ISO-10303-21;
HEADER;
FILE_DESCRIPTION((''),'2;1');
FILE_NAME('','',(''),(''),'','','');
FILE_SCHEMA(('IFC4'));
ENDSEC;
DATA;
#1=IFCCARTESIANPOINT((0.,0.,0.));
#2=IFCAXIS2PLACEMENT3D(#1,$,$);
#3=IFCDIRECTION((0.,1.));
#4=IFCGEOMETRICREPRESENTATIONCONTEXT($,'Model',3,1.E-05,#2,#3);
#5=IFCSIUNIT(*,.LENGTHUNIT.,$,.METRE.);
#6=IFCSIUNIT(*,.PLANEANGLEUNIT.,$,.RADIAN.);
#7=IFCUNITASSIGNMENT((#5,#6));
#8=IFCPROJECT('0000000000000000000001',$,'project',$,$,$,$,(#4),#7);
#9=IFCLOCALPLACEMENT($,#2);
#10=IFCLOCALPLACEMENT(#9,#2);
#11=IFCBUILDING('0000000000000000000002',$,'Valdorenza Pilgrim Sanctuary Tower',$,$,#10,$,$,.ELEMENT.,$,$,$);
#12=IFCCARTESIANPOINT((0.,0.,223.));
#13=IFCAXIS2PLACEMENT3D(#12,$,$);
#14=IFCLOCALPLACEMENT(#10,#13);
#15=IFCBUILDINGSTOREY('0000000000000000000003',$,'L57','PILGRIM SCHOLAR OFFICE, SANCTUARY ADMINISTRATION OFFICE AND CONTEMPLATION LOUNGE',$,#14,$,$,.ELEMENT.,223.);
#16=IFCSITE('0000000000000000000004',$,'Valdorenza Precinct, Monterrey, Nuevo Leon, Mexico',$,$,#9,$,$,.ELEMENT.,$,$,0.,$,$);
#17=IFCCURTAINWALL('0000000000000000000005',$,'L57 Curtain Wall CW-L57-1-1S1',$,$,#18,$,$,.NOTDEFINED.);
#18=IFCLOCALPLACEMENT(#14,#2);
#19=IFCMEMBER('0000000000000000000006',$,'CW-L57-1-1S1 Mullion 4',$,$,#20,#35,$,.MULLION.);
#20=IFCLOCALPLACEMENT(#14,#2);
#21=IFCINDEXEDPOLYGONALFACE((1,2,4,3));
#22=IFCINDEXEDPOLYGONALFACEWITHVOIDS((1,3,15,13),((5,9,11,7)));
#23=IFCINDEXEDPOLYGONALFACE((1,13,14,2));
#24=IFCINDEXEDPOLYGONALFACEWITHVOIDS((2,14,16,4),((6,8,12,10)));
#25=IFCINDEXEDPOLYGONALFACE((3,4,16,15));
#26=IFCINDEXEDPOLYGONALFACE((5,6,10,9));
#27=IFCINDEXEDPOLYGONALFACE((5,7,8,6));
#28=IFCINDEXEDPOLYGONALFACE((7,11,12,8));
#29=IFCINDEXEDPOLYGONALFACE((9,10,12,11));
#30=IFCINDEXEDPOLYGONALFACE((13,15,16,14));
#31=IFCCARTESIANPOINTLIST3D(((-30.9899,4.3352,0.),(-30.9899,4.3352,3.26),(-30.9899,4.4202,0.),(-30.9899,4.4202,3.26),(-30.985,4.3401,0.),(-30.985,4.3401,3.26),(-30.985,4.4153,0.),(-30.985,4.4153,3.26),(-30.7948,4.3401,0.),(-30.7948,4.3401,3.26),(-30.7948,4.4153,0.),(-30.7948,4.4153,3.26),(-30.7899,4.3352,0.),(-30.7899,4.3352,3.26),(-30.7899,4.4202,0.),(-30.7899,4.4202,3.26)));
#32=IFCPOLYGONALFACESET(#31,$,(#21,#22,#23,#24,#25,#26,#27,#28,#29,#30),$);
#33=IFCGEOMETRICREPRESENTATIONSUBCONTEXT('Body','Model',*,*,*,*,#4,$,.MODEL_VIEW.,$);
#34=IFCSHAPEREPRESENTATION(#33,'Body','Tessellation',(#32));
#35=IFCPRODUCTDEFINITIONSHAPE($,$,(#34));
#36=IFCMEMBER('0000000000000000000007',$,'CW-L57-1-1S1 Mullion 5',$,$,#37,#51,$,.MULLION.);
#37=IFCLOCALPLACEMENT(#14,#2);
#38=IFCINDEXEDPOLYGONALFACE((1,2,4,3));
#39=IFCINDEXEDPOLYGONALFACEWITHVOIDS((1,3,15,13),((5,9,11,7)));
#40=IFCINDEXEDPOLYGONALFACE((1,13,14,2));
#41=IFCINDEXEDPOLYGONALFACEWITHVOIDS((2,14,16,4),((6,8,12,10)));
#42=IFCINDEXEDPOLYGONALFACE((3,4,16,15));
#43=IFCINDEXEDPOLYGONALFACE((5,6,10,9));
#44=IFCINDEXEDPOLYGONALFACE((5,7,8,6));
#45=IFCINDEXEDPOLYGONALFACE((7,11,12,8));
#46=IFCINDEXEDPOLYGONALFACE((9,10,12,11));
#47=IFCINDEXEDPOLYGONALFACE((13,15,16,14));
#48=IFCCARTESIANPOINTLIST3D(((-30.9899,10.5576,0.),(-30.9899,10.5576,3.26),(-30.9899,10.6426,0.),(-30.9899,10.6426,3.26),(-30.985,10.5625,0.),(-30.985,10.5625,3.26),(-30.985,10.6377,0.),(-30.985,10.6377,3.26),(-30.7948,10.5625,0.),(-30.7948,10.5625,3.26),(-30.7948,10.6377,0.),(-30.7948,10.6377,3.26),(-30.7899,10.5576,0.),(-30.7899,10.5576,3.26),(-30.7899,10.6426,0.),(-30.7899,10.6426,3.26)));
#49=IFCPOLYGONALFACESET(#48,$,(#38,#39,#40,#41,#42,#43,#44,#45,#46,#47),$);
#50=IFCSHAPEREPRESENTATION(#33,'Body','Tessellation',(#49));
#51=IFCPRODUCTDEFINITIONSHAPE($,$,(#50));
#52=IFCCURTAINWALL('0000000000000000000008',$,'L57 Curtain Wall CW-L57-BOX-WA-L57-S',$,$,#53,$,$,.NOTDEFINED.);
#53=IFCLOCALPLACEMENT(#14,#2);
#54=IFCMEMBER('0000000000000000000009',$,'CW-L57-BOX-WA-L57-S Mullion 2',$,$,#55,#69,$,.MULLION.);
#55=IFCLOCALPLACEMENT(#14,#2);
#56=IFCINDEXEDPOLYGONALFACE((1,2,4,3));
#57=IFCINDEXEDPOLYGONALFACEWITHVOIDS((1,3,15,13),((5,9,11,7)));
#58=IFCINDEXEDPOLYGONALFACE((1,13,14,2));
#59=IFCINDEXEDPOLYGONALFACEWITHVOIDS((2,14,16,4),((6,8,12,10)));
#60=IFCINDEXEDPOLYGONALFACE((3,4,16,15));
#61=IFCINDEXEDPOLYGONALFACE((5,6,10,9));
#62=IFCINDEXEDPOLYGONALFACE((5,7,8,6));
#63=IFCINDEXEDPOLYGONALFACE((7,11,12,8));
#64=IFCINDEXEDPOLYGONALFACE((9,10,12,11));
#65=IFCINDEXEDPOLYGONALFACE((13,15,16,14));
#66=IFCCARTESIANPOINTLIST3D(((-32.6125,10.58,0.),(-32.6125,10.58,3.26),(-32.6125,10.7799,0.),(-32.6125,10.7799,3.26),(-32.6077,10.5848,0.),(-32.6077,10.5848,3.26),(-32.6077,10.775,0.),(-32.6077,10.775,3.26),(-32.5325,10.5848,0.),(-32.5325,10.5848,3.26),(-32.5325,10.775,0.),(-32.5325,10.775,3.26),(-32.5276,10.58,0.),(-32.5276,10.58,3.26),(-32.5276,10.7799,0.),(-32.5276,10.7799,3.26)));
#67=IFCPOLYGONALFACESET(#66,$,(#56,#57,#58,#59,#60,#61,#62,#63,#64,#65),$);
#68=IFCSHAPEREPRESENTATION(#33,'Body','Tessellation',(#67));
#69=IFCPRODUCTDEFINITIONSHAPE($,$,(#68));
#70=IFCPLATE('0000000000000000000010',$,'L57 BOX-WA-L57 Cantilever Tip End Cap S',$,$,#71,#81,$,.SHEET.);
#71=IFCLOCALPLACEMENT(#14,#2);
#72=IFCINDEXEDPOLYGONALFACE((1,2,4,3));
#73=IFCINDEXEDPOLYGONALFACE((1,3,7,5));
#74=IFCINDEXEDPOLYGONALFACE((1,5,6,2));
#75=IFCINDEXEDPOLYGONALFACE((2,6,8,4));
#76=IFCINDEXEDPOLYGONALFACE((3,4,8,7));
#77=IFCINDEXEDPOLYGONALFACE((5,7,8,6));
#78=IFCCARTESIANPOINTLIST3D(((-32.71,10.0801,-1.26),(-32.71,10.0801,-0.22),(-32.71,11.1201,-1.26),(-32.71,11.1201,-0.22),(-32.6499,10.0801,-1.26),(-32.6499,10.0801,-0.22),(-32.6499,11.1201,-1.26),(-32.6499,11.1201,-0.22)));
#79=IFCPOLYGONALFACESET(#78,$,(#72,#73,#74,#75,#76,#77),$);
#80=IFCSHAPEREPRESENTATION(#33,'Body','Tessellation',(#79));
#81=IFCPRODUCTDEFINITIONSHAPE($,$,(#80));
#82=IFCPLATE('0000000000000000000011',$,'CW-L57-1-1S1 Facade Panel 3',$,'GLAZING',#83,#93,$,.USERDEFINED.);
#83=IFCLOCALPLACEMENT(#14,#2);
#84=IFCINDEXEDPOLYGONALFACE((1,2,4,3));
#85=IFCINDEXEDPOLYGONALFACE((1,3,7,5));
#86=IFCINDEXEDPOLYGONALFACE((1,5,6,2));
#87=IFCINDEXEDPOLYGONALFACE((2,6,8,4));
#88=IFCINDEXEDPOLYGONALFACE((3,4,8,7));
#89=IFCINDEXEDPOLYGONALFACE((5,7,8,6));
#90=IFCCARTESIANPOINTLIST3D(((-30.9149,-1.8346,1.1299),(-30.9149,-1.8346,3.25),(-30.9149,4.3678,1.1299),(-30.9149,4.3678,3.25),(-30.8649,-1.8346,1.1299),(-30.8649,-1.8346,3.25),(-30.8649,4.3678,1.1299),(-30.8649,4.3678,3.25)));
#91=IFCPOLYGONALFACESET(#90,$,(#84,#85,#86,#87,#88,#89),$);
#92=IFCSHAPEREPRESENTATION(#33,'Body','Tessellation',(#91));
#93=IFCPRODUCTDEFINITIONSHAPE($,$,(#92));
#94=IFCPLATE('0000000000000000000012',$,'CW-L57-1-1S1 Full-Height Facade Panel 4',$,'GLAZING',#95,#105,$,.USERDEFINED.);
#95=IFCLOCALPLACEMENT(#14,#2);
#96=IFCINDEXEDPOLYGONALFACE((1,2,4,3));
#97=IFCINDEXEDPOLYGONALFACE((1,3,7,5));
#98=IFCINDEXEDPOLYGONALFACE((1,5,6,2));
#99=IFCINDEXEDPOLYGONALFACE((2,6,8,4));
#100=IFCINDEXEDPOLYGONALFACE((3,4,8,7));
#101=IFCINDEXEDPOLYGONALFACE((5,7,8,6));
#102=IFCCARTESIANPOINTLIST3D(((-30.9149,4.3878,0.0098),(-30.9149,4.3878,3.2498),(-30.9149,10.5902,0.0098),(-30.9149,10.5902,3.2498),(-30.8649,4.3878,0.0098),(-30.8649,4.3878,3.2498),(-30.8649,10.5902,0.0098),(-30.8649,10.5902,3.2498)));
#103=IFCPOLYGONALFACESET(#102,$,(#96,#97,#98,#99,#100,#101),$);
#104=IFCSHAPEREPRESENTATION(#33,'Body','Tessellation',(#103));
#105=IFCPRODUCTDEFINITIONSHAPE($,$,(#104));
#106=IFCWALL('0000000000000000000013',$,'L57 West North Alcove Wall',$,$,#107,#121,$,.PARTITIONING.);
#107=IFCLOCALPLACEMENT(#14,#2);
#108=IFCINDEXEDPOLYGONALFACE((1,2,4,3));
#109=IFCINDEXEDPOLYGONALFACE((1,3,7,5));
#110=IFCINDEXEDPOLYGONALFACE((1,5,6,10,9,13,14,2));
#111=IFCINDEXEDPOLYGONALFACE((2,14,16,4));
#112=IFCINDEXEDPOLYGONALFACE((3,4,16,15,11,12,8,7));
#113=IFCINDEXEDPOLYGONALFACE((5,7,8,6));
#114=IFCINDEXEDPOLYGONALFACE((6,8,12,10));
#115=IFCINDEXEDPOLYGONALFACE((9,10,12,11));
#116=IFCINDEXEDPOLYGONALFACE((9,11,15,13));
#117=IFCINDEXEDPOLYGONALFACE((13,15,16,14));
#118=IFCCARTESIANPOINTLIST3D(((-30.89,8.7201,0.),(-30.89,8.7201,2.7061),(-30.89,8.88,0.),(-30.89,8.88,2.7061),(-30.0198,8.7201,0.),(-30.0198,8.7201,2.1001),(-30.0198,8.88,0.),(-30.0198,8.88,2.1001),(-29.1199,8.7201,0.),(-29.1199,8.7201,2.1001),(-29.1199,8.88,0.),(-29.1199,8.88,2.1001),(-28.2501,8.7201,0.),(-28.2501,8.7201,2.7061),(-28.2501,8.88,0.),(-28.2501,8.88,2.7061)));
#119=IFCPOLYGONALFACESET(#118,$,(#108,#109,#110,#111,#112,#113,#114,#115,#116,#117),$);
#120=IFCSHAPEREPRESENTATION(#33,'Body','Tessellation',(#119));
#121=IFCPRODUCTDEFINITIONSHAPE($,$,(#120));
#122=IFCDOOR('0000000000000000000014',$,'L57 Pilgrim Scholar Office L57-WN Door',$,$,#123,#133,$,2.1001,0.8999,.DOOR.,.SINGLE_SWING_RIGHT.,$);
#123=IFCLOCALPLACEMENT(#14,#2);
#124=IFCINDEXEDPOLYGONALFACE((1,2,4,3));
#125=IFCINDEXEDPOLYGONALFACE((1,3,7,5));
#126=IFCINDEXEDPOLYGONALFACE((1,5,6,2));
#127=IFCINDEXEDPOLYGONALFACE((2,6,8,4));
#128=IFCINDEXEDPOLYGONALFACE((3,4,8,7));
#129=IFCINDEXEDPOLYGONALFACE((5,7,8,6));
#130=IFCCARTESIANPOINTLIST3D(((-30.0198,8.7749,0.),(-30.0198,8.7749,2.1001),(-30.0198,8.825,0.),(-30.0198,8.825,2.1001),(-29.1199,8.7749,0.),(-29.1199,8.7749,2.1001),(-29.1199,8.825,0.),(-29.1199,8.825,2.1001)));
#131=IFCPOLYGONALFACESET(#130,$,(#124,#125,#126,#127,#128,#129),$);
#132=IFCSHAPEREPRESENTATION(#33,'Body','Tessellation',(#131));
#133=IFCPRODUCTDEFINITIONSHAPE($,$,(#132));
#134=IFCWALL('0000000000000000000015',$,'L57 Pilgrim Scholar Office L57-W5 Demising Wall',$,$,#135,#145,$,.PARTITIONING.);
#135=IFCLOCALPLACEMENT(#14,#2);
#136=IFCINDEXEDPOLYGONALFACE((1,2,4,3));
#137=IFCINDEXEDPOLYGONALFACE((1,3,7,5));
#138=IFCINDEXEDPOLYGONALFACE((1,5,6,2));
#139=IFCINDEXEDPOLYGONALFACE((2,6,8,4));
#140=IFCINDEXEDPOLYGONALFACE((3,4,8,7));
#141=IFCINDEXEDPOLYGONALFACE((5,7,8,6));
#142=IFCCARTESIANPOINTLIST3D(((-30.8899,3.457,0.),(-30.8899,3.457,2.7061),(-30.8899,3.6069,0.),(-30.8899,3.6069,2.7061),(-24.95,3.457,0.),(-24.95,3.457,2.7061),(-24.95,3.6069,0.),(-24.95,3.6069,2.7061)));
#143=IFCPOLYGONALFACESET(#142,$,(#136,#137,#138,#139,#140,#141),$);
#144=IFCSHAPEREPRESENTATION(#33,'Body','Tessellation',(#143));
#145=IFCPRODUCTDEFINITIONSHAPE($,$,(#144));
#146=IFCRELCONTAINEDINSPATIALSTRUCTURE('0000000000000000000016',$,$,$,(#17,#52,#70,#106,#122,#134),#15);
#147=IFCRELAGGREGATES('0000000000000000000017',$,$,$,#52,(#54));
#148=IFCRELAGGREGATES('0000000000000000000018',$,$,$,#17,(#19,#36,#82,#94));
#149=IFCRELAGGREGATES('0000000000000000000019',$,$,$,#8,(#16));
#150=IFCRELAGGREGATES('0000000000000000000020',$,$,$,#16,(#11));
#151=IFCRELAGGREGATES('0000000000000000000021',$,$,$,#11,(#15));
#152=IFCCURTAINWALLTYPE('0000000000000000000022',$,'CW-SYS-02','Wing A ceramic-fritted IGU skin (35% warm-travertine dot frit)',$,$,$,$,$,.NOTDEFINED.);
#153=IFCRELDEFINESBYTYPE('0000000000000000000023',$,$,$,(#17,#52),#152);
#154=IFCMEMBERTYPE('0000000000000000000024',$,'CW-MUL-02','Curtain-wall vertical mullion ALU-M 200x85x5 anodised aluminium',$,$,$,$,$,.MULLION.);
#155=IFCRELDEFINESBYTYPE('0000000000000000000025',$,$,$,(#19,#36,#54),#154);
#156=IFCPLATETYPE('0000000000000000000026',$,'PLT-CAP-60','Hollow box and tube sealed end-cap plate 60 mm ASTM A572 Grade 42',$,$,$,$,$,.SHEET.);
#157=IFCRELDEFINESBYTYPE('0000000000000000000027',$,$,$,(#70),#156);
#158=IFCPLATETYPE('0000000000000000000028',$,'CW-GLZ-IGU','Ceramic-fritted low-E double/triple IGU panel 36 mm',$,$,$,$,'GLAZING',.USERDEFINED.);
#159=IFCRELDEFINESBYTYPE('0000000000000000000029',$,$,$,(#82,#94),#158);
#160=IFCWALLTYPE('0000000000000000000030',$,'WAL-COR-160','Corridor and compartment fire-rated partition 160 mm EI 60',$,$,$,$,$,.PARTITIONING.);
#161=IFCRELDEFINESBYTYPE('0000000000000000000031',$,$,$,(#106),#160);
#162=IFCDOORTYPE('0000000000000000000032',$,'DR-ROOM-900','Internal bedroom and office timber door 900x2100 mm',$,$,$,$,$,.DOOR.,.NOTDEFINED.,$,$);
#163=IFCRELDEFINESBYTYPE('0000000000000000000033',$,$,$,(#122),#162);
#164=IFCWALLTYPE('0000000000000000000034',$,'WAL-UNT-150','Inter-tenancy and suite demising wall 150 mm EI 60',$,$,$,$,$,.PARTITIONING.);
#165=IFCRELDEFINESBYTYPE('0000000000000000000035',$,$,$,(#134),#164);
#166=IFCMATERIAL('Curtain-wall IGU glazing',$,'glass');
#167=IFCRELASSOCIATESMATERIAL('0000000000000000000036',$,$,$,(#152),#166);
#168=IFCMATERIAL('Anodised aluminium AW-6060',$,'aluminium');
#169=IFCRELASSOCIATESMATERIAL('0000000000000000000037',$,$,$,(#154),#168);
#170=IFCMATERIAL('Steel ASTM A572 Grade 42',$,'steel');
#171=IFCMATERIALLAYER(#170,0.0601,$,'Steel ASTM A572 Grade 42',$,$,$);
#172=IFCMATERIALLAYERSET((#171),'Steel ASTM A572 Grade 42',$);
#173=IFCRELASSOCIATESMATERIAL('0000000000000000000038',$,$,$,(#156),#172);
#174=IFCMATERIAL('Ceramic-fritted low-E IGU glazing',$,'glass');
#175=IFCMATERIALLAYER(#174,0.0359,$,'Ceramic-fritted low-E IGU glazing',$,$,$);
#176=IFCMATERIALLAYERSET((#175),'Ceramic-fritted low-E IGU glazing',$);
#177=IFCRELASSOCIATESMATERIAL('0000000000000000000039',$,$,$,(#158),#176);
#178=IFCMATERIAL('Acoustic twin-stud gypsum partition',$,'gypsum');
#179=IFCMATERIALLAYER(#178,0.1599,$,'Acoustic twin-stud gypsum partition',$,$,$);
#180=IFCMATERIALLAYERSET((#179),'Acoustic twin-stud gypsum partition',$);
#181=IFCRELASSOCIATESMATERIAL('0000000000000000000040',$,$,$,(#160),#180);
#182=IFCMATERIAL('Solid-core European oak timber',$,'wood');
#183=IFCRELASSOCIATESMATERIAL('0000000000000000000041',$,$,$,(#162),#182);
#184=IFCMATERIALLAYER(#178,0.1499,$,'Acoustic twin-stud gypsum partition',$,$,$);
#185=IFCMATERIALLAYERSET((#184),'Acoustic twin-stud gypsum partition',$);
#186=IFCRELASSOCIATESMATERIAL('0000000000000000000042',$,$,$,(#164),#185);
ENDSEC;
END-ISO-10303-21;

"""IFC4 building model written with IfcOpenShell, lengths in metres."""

from ifc_helpers import new_model, si_unit, direction, frame, frame_2d, origin, origin_2d, place, context, subcontext, project, spatial, rectangle, hollow_rectangle, extrude, source, transform, mapped, material, layer, layer_set, material_profile, profile_set, type_object, element, fill, aggregate, save


model = new_model("IFC4")

# Units and contexts
model_context = context("Model", 3, precision=1e-05, world=origin(), true_north=direction((0.0, 1.0)))
body_context = subcontext(model_context, "Body", "Model", "MODEL_VIEW")
ifc_project = project(units=[si_unit("LENGTHUNIT", "METRE"), si_unit("PLANEANGLEUNIT", "RADIAN")], contexts=[model_context])

# Site, building, storey
site_placement = place(None, origin())
site = spatial("IfcSite", under=ifc_project, at=site_placement, Name="Valdorenza Precinct, Monterrey, Nuevo Leon, Mexico", CompositionType="ELEMENT", RefElevation=0.0)
building_placement = place(site_placement, origin())
building = spatial("IfcBuilding", under=site, at=building_placement, Name="Valdorenza Pilgrim Sanctuary Tower", CompositionType="ELEMENT")
storey_placement = place(building_placement, frame((0.0, 0.0, 223.0)))
storey = spatial("IfcBuildingStorey", under=building, at=storey_placement, Name="L57", Description="PILGRIM SCHOLAR OFFICE, SANCTUARY ADMINISTRATION OFFICE AND CONTEMPLATION LOUNGE", CompositionType="ELEMENT", Elevation=223.0)

# Shared definitions
ifc_material_1 = material(Name="Curtain-wall IGU glazing", Category="glass")
curtain_wall_type = type_object("IfcCurtainWallType", Name="CW-SYS-02", Description="Wing A ceramic-fritted IGU skin (35% warm-travertine dot frit)", PredefinedType="NOTDEFINED", material=ifc_material_1)
ifc_material_2 = material(Name="Anodised aluminium AW-6060", Category="aluminium")

# Curtain wall, members
curtain_wall_1_placement = place(storey_placement, origin())
curtain_wall_1 = element("IfcCurtainWall", 1, at=curtain_wall_1_placement, inside=storey, type_object=curtain_wall_type, Name="L57 Curtain Wall CW-L57-1-1S1", PredefinedType="NOTDEFINED")
ifc_material_profile_1 = material_profile(ifc_material_2, hollow_rectangle(XDim=0.085, YDim=0.2, WallThickness=0.0049, at=origin_2d()), Name="ALU-M 200x85x5")
ifc_profile_set_1 = profile_set([ifc_material_profile_1], Name="Anodised aluminium AW-6060")
member_type_1 = type_object("IfcMemberType", Name="CW-MUL-02", Description="Curtain-wall vertical mullion ALU-M 200x85x5 anodised aluminium", PredefinedType="MULLION", material=ifc_profile_set_1)
shared_shape_1 = source(origin(), body_context, "Body", "SweptSolid", [
    extrude(hollow_rectangle(XDim=0.085, YDim=0.2, WallThickness=0.0049, at=origin_2d()), origin(), (0.0, 0.0, 1.0), 3.26),
])
member_1_placement = place(storey_placement, frame((-30.8899, 4.3777, 0.0), z_axis=(0.0, 0.0, 1.0), x_axis=(0.0, 1.0, 0.0)))
member_1 = element("IfcMember", 2, at=member_1_placement, type_object=member_type_1, Name="CW-L57-1-1S1 Mullion 4", PredefinedType="MULLION", context=body_context, shape_type="MappedRepresentation", body=[
    mapped(shared_shape_1, transform((0.0, 0.0, 0.0), x_axis=(1.0, 0.0, 0.0), y_axis=(0.0, 1.0, 0.0), z_axis=(0.0, 0.0, 1.0), scale=1.0)),
])
member_2_placement = place(storey_placement, frame((-30.8899, 10.6001, 0.0), z_axis=(0.0, 0.0, 1.0), x_axis=(0.0, 1.0, 0.0)))
member_2 = element("IfcMember", 3, at=member_2_placement, type_object=member_type_1, Name="CW-L57-1-1S1 Mullion 5", PredefinedType="MULLION", context=body_context, shape_type="MappedRepresentation", body=[
    mapped(shared_shape_1, transform((0.0, 0.0, 0.0), x_axis=(1.0, 0.0, 0.0), y_axis=(0.0, 1.0, 0.0), z_axis=(0.0, 0.0, 1.0), scale=1.0)),
])

# Curtain wall, member
curtain_wall_2_placement = place(storey_placement, origin())
curtain_wall_2 = element("IfcCurtainWall", 4, at=curtain_wall_2_placement, inside=storey, type_object=curtain_wall_type, Name="L57 Curtain Wall CW-L57-BOX-WA-L57-S", PredefinedType="NOTDEFINED")
member_3_placement = place(storey_placement, frame((-32.5701, 10.6799, 0.0), z_axis=(0.0, 0.0, 1.0), x_axis=(-1.0, 0.0, 0.0)))
member_3 = element("IfcMember", 5, at=member_3_placement, type_object=member_type_1, Name="CW-L57-BOX-WA-L57-S Mullion 2", PredefinedType="MULLION", context=body_context, shape_type="MappedRepresentation", body=[
    mapped(shared_shape_1, transform((0.0, 0.0, 0.0), x_axis=(1.0, 0.0, 0.0), y_axis=(0.0, 1.0, 0.0), z_axis=(0.0, 0.0, 1.0), scale=1.0)),
])
aggregate(curtain_wall_2, [member_3])

# Plates
ifc_material_3 = material(Name="Steel ASTM A572 Grade 42", Category="steel")
ifc_layer_1 = layer(ifc_material_3, 0.0601, Name="Steel ASTM A572 Grade 42")
ifc_layer_set_1 = layer_set([ifc_layer_1], Name="Steel ASTM A572 Grade 42")
plate_type_1 = type_object("IfcPlateType", Name="PLT-CAP-60", Description="Hollow box and tube sealed end-cap plate 60 mm ASTM A572 Grade 42", PredefinedType="SHEET", material=ifc_layer_set_1)
shared_shape_2 = source(origin(), body_context, "Body", "SweptSolid", [
    extrude(rectangle(XDim=0.0601, YDim=1.04, at=origin_2d()), origin(), (0.0, 0.0, 1.0), 1.04),
])
plate_1_placement = place(storey_placement, frame((-32.6799, 10.6001, -1.26), z_axis=(0.0, 0.0, 1.0), x_axis=(1.0, 0.0, 0.0)))
element("IfcPlate", 6, at=plate_1_placement, inside=storey, type_object=plate_type_1, Name="L57 BOX-WA-L57 Cantilever Tip End Cap S", PredefinedType="SHEET", context=body_context, shape_type="MappedRepresentation", body=[
    mapped(shared_shape_2, transform((0.0, 0.0, 0.0), x_axis=(1.0, 0.0, 0.0), y_axis=(0.0, 1.0, 0.0), z_axis=(0.0, 0.0, 1.0), scale=1.0)),
])
ifc_material_4 = material(Name="Ceramic-fritted low-E IGU glazing", Category="glass")
ifc_layer_2 = layer(ifc_material_4, 0.0359, Name="Ceramic-fritted low-E IGU glazing")
ifc_layer_set_2 = layer_set([ifc_layer_2], Name="Ceramic-fritted low-E IGU glazing")
plate_type_2 = type_object("IfcPlateType", Name="CW-GLZ-IGU", Description="Ceramic-fritted low-E double/triple IGU panel 36 mm", ElementType="GLAZING", PredefinedType="USERDEFINED", material=ifc_layer_set_2)
shared_shape_3 = source(origin(), body_context, "Body", "SweptSolid", [
    extrude(rectangle(XDim=6.2024, YDim=0.05, at=origin_2d()), origin(), (0.0, 0.0, 1.0), 2.1201),
])
plate_2_placement = place(storey_placement, frame((-30.8899, 1.2666, 1.1299), z_axis=(0.0, 0.0, 1.0), x_axis=(0.0, 1.0, 0.0)))
plate_2 = element("IfcPlate", 7, at=plate_2_placement, type_object=plate_type_2, Name="CW-L57-1-1S1 Facade Panel 3", ObjectType="GLAZING", PredefinedType="USERDEFINED", context=body_context, shape_type="MappedRepresentation", body=[
    mapped(shared_shape_3, transform((0.0, 0.0, 0.0), x_axis=(1.0, 0.0, 0.0), y_axis=(0.0, 1.0, 0.0), z_axis=(0.0, 0.0, 1.0), scale=1.0)),
])
shared_shape_4 = source(origin(), body_context, "Body", "SweptSolid", [
    extrude(rectangle(XDim=6.2024, YDim=0.05, at=origin_2d()), origin(), (0.0, 0.0, 1.0), 3.24),
])
plate_3_placement = place(storey_placement, frame((-30.8899, 7.489, 0.0098), z_axis=(0.0, 0.0, 1.0), x_axis=(0.0, 1.0, 0.0)))
plate_3 = element("IfcPlate", 8, at=plate_3_placement, type_object=plate_type_2, Name="CW-L57-1-1S1 Full-Height Facade Panel 4", ObjectType="GLAZING", PredefinedType="USERDEFINED", context=body_context, shape_type="MappedRepresentation", body=[
    mapped(shared_shape_4, transform((0.0, 0.0, 0.0), x_axis=(1.0, 0.0, 0.0), y_axis=(0.0, 1.0, 0.0), z_axis=(0.0, 0.0, 1.0), scale=1.0)),
])
aggregate(curtain_wall_1, [member_1, member_2, plate_2, plate_3])

# Wall, opening, door
ifc_material_5 = material(Name="Acoustic twin-stud gypsum partition", Category="gypsum")
ifc_layer_3 = layer(ifc_material_5, 0.1599, Name="Acoustic twin-stud gypsum partition")
ifc_layer_set_3 = layer_set([ifc_layer_3], Name="Acoustic twin-stud gypsum partition")
wall_type_1 = type_object("IfcWallType", Name="WAL-COR-160", Description="Corridor and compartment fire-rated partition 160 mm EI 60", PredefinedType="PARTITIONING", material=ifc_layer_set_3)
wall_1_placement = place(storey_placement, frame((-30.8899, 8.8, 0.0), z_axis=(0.0, 0.0, 1.0), x_axis=(1.0, 0.0, 0.0)))
wall_1 = element("IfcWall", 9, at=wall_1_placement, inside=storey, type_object=wall_type_1, Name="L57 West North Alcove Wall", PredefinedType="PARTITIONING", context=body_context, shape_type="SweptSolid", body=[
    extrude(rectangle(XDim=2.6399, YDim=0.1599, at=frame_2d((1.3198, 0.0))), origin(), (0.0, 0.0, 1.0), 2.7061),
])
opening_placement = place(wall_1_placement, frame((0.8701, 0.0, 0.0)))
opening = element("IfcOpeningElement", 10, at=opening_placement, cuts=wall_1, PredefinedType="OPENING", context=body_context, shape_type="SweptSolid", body=[
    extrude(rectangle(XDim=0.8999, YDim=2.1001, at=frame_2d((0.45, 1.05))), frame((0.0, 0.0947, 0.0), z_axis=(0.0, -1.0, 0.0), x_axis=(1.0, 0.0, 0.0)), (0.0, 0.0, 1.0), 0.1897),
])
ifc_material_6 = material(Name="Solid-core European oak timber", Category="wood")
door_type = type_object("IfcDoorType", Name="DR-ROOM-900", Description="Internal bedroom and office timber door 900x2100 mm", OperationType="NOTDEFINED", PredefinedType="DOOR", material=ifc_material_6)
door_placement = place(opening_placement, origin())
door = element("IfcDoor", 11, at=door_placement, inside=storey, type_object=door_type, Name="L57 Pilgrim Scholar Office L57-WN Door", OperationType="SINGLE_SWING_RIGHT", OverallHeight=2.1001, OverallWidth=0.8999, PredefinedType="DOOR", context=body_context, shape_type="SweptSolid", body=[
    extrude(rectangle(XDim=0.8999, YDim=2.1001, at=frame_2d((0.45, 1.05))), frame((0.0, 0.0249, 0.0), z_axis=(0.0, -1.0, 0.0), x_axis=(1.0, 0.0, 0.0)), (0.0, 0.0, 1.0), 0.05),
])
fill(opening, door)

# Wall
ifc_layer_4 = layer(ifc_material_5, 0.1499, Name="Acoustic twin-stud gypsum partition")
ifc_layer_set_4 = layer_set([ifc_layer_4], Name="Acoustic twin-stud gypsum partition")
wall_type_2 = type_object("IfcWallType", Name="WAL-UNT-150", Description="Inter-tenancy and suite demising wall 150 mm EI 60", PredefinedType="PARTITIONING", material=ifc_layer_set_4)
wall_2_placement = place(storey_placement, frame((-30.8899, 3.532, 0.0), z_axis=(0.0, 0.0, 1.0), x_axis=(1.0, 0.0, 0.0)))
element("IfcWall", 12, at=wall_2_placement, inside=storey, type_object=wall_type_2, Name="L57 Pilgrim Scholar Office L57-W5 Demising Wall", PredefinedType="PARTITIONING", context=body_context, shape_type="SweptSolid", body=[
    extrude(rectangle(XDim=5.9399, YDim=0.1499, at=frame_2d((2.97, 0.0))), origin(), (0.0, 0.0, 1.0), 2.7061),
])

save(model, "model.ifc")
